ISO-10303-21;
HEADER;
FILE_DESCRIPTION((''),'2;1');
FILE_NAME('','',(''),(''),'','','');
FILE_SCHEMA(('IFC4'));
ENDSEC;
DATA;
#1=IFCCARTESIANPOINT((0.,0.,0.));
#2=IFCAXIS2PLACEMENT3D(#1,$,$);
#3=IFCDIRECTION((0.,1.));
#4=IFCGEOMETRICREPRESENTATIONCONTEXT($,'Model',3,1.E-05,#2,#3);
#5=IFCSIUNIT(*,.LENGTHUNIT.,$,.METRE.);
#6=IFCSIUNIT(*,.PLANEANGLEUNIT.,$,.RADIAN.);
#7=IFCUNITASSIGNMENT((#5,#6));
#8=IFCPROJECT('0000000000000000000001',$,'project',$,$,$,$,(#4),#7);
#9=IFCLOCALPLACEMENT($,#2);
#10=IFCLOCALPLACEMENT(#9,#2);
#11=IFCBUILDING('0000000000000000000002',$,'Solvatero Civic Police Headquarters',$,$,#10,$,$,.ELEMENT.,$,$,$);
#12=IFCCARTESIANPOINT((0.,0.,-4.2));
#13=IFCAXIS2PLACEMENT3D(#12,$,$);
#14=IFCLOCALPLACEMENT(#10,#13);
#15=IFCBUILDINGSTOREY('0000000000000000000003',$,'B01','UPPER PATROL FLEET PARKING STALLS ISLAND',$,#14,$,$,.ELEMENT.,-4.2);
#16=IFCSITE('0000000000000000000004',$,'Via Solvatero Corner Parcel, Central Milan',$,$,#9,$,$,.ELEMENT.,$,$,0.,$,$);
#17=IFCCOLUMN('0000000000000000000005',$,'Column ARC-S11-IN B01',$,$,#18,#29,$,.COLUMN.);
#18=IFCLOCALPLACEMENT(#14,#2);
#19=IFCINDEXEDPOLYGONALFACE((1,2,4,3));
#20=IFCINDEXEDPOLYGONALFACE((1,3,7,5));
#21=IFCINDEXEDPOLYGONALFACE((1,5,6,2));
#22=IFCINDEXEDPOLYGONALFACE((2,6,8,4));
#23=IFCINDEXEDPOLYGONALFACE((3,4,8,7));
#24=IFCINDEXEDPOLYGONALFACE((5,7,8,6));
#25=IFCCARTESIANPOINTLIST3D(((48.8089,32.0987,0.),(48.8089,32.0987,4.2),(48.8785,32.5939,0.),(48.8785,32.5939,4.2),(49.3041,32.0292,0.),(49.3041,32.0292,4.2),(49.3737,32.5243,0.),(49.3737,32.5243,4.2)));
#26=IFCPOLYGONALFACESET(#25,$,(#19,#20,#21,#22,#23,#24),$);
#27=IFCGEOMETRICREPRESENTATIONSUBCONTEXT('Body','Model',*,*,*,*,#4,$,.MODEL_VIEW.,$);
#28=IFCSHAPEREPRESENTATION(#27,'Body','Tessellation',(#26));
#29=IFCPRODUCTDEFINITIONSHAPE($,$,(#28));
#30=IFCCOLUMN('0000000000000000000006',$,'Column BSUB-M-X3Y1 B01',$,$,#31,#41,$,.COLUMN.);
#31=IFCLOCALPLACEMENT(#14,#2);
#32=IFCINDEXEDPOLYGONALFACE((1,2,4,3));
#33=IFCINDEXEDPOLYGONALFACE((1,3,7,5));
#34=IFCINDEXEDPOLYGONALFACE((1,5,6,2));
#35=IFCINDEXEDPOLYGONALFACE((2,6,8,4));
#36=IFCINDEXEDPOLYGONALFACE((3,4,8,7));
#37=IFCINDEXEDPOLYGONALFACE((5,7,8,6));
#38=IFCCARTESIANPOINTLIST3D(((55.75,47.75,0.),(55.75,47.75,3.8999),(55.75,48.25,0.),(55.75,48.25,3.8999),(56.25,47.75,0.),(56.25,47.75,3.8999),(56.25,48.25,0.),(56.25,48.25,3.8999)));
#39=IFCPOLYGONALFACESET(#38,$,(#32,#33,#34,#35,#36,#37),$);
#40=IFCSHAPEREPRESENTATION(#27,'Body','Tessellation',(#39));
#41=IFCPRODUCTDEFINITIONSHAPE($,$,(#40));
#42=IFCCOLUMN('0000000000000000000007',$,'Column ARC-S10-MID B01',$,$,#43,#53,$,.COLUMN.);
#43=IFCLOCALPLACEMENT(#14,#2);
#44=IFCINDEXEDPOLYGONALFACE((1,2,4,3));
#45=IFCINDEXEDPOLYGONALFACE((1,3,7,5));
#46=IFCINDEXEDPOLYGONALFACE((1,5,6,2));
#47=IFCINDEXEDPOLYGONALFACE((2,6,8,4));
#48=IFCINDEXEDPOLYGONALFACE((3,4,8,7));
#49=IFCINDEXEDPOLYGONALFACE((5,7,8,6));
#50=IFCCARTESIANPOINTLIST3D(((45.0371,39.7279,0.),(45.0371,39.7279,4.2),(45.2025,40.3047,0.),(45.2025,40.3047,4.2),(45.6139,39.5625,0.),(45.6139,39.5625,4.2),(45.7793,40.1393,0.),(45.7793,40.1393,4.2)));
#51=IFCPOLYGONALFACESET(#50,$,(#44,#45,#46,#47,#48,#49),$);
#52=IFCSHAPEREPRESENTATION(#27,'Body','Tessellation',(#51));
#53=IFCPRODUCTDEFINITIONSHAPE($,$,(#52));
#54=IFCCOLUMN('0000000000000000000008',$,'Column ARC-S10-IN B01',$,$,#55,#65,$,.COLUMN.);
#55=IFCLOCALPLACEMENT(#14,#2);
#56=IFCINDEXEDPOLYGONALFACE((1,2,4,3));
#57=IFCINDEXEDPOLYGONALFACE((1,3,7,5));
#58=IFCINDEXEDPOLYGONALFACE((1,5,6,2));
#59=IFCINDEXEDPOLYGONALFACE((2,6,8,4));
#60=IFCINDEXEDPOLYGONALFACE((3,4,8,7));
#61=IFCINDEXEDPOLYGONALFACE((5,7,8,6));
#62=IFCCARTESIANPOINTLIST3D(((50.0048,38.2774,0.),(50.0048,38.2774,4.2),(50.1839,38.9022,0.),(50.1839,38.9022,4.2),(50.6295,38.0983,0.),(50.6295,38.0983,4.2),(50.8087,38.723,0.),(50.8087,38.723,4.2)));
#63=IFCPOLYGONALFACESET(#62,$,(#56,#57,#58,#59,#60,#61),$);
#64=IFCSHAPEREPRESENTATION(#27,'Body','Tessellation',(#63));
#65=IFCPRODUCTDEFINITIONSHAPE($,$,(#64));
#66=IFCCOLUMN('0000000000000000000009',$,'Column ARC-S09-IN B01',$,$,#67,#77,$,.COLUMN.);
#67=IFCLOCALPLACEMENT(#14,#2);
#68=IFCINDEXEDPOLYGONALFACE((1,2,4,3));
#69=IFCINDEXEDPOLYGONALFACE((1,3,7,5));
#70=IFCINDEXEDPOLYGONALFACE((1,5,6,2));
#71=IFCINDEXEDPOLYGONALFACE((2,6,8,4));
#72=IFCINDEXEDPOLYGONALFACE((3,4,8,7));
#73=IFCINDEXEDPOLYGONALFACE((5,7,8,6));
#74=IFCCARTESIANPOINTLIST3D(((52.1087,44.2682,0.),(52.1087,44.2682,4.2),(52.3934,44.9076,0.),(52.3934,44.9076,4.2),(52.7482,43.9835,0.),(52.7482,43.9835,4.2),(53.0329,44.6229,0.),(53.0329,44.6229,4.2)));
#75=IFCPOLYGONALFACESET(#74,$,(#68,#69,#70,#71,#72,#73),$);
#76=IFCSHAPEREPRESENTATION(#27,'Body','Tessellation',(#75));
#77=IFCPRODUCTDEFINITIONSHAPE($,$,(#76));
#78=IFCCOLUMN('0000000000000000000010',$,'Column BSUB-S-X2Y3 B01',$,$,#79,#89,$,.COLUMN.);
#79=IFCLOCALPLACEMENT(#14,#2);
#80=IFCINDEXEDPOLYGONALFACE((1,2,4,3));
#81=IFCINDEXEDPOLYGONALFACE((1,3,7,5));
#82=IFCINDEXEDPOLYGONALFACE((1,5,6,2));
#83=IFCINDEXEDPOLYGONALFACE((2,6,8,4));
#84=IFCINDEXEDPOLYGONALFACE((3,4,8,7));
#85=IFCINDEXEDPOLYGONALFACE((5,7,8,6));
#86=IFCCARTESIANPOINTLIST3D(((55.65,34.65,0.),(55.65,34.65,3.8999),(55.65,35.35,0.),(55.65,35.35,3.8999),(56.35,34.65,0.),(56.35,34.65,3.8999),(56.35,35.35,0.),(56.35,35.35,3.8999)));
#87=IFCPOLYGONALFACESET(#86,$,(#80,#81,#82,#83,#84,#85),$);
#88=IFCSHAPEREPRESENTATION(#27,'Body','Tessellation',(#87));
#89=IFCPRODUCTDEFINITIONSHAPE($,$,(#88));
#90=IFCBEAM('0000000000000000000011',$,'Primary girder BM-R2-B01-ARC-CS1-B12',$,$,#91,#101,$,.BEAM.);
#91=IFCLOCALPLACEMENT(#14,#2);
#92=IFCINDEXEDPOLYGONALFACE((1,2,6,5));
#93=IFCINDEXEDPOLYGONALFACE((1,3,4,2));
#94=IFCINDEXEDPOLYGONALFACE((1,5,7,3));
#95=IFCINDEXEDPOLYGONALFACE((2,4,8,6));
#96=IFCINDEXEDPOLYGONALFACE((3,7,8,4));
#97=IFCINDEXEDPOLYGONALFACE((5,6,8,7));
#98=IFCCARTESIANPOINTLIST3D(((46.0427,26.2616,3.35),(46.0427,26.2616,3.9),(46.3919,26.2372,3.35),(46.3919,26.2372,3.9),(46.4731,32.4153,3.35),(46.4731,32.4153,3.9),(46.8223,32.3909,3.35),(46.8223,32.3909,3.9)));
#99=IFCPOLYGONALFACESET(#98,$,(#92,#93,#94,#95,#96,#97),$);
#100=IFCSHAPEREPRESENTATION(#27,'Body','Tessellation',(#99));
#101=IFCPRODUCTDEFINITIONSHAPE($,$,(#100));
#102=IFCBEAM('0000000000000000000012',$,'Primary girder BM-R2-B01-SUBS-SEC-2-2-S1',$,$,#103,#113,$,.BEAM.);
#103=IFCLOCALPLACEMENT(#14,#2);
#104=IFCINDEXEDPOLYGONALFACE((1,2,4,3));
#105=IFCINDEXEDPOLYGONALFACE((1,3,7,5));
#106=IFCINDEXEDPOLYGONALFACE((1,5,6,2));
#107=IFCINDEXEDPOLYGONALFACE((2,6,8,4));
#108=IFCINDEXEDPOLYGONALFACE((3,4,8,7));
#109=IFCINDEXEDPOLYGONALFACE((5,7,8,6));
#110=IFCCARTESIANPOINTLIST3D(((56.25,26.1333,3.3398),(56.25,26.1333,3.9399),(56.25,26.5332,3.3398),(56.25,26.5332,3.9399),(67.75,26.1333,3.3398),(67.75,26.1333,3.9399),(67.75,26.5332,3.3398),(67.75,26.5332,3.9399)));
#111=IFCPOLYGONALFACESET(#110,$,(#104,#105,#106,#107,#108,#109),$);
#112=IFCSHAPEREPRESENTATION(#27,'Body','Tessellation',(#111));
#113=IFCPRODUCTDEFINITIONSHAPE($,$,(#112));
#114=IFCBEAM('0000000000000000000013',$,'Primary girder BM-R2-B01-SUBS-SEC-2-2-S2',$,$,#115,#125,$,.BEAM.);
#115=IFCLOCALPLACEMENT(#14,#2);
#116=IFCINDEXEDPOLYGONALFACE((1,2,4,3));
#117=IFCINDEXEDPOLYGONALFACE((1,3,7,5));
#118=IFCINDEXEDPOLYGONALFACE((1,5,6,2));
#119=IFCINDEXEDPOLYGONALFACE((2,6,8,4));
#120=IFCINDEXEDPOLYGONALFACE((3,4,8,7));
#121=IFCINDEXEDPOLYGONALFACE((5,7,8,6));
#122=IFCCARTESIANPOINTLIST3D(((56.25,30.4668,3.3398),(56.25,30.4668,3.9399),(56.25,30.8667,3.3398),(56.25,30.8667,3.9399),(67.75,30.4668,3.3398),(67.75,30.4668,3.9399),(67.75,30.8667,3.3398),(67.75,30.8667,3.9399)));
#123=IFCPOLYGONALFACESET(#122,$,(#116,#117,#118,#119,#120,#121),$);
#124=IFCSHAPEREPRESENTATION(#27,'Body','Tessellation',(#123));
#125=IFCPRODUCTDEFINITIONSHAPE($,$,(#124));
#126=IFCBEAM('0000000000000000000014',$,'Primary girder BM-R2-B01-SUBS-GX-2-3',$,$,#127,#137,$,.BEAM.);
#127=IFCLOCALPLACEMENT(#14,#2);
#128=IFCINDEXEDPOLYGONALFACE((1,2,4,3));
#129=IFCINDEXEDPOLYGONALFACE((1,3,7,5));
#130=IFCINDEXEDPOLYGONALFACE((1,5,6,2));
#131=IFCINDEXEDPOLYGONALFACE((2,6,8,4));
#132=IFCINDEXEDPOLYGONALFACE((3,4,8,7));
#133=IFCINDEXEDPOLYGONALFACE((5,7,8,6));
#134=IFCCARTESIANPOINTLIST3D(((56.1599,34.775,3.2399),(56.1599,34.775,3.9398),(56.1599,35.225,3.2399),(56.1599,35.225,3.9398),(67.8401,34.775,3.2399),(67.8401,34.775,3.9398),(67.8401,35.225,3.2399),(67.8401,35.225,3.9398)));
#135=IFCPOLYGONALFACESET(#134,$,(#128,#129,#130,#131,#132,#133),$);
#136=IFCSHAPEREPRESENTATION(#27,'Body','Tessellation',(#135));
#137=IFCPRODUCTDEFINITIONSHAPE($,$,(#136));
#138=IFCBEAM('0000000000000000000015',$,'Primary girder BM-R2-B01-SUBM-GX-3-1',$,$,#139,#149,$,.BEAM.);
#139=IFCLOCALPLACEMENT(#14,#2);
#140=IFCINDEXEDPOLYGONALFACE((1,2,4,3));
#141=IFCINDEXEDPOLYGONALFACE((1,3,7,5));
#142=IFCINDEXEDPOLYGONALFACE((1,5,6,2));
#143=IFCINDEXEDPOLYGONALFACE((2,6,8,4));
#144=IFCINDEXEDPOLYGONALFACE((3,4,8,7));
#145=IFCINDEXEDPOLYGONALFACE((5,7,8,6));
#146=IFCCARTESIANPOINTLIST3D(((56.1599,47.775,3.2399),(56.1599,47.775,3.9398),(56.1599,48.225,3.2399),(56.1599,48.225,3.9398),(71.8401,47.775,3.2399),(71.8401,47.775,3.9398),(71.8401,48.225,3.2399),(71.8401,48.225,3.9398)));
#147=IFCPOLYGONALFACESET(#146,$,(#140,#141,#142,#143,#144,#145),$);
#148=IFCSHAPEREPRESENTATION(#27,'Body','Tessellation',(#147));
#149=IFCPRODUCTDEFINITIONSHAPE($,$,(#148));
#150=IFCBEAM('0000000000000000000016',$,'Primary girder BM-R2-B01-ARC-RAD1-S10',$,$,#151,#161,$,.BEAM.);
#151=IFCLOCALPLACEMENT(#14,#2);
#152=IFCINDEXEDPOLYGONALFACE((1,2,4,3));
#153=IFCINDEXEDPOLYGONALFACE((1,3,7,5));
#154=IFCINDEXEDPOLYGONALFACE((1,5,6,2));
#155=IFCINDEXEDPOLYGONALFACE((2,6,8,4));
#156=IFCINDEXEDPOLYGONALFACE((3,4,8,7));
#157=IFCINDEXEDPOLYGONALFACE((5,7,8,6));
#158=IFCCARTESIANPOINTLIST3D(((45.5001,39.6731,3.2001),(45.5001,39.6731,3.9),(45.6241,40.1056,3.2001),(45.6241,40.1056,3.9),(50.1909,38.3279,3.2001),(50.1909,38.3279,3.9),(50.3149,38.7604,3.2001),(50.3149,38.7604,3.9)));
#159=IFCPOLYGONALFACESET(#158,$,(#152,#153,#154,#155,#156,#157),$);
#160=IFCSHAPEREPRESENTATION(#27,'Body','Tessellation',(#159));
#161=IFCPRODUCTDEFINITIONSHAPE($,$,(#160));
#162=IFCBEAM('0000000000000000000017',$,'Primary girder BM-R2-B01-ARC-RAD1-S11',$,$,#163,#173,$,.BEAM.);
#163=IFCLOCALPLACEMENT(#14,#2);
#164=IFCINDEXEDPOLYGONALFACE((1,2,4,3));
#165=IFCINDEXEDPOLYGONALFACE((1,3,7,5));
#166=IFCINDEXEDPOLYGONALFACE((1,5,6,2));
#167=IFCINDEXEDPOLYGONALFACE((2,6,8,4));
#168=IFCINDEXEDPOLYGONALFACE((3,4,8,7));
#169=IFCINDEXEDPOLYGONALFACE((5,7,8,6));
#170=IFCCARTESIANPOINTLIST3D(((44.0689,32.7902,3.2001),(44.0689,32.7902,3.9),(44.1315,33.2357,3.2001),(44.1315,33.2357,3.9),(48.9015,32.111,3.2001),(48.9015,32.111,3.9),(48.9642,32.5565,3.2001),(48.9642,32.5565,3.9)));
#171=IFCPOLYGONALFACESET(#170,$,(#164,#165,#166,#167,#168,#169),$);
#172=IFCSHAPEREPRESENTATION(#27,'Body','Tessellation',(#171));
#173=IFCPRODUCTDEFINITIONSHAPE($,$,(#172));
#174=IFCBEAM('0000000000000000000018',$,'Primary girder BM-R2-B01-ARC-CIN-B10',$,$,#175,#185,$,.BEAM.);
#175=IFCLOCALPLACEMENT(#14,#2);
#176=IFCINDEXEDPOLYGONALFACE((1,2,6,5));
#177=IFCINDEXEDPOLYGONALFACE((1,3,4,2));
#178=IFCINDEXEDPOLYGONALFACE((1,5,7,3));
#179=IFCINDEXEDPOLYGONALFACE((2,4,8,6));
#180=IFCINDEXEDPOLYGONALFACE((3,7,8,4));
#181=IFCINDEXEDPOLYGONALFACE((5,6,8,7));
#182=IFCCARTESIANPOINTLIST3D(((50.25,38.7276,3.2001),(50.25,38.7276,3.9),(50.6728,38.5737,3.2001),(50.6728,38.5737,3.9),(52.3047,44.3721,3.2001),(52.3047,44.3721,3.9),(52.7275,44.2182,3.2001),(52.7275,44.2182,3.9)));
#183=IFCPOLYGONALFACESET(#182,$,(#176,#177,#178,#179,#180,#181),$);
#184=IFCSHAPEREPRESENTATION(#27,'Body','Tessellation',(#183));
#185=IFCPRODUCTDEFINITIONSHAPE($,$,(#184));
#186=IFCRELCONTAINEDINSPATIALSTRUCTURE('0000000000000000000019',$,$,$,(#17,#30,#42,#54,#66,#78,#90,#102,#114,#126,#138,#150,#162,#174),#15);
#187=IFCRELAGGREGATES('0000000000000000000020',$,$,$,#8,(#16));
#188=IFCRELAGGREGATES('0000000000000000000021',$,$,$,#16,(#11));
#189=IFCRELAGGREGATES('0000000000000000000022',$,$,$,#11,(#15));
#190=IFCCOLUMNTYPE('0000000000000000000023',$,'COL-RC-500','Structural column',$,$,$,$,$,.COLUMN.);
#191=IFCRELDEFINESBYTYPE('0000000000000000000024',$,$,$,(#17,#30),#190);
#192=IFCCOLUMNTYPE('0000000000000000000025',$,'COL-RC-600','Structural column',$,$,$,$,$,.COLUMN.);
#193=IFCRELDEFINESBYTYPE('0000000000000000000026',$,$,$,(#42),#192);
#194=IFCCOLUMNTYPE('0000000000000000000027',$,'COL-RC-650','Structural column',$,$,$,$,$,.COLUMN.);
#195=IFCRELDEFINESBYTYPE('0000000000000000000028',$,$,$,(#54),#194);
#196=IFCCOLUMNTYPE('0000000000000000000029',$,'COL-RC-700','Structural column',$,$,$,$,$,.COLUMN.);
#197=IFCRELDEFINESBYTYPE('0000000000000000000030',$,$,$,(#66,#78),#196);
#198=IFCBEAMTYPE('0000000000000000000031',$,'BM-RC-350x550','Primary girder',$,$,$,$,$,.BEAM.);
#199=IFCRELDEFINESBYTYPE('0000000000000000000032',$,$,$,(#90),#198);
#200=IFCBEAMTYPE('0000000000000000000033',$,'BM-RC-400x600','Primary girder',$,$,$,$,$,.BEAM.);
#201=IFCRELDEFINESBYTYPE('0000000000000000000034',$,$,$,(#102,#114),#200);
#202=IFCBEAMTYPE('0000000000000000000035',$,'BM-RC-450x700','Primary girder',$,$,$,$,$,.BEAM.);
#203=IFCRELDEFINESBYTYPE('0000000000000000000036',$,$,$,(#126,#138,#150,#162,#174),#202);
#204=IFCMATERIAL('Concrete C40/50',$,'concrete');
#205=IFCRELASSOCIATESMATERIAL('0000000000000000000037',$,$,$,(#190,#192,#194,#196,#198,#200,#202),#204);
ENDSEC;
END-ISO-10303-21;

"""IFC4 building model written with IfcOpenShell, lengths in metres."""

from ifc_helpers import new_model, si_unit, direction, frame, origin, origin_2d, place, context, subcontext, project, spatial, rectangle, extrude, material, material_profile, profile_set, type_object, element, save


model = new_model("IFC4")

# Units and contexts
model_context = context("Model", 3, precision=1e-05, world=origin(), true_north=direction((0.0, 1.0)))
body_context = subcontext(model_context, "Body", "Model", "MODEL_VIEW")
ifc_project = project(units=[si_unit("LENGTHUNIT", "METRE"), si_unit("PLANEANGLEUNIT", "RADIAN")], contexts=[model_context])

# Site, building, storey
site_placement = place(None, origin())
site = spatial("IfcSite", under=ifc_project, at=site_placement, Name="Via Solvatero Corner Parcel, Central Milan", CompositionType="ELEMENT", RefElevation=0.0)
building_placement = place(site_placement, origin())
building = spatial("IfcBuilding", under=site, at=building_placement, Name="Solvatero Civic Police Headquarters", CompositionType="ELEMENT")
storey_placement = place(building_placement, frame((0.0, 0.0, -4.2)))
storey = spatial("IfcBuildingStorey", under=building, at=storey_placement, Name="B01", Description="UPPER PATROL FLEET PARKING STALLS ISLAND", CompositionType="ELEMENT", Elevation=-4.2)

# Columns
ifc_material_1 = material(Name="Concrete C40/50", Category="concrete")
ifc_material_profile_1 = material_profile(ifc_material_1, rectangle(XDim=0.5, YDim=0.5, at=origin_2d()), Name="RC 500x500")
ifc_profile_set_1 = profile_set([ifc_material_profile_1], Name="Concrete C40/50")
column_type_1 = type_object("IfcColumnType", Name="COL-RC-500", Description="Structural column", PredefinedType="COLUMN", material=ifc_profile_set_1)
column_1_placement = place(storey_placement, frame((49.0913, 32.3115, 0.0), z_axis=(0.0, 0.0, 1.0), x_axis=(0.139173, 0.990268, 0.0)))
element("IfcColumn", 1, at=column_1_placement, inside=storey, type_object=column_type_1, Name="Column ARC-S11-IN B01", PredefinedType="COLUMN", context=body_context, shape_type="SweptSolid", body=[
    extrude(rectangle(XDim=0.5, YDim=0.5, at=origin_2d()), origin(), (0.0, 0.0, 1.0), 4.2),
])
column_2_placement = place(storey_placement, frame((56.0, 48.0, 0.0), z_axis=(0.0, 0.0, 1.0), x_axis=(1.0, 0.0, 0.0)))
element("IfcColumn", 2, at=column_2_placement, inside=storey, type_object=column_type_1, Name="Column BSUB-M-X3Y1 B01", PredefinedType="COLUMN", context=body_context, shape_type="SweptSolid", body=[
    extrude(rectangle(XDim=0.5, YDim=0.5, at=origin_2d()), origin(), (0.0, 0.0, 1.0), 3.8999),
])
ifc_material_profile_2 = material_profile(ifc_material_1, rectangle(XDim=0.6001, YDim=0.6001, at=origin_2d()), Name="RC 600x600")
ifc_profile_set_2 = profile_set([ifc_material_profile_2], Name="Concrete C40/50")
column_type_2 = type_object("IfcColumnType", Name="COL-RC-600", Description="Structural column", PredefinedType="COLUMN", material=ifc_profile_set_2)
column_3_placement = place(storey_placement, frame((45.4082, 39.9336, 0.0), z_axis=(0.0, 0.0, 1.0), x_axis=(0.275637, 0.961262, 0.0)))
element("IfcColumn", 3, at=column_3_placement, inside=storey, type_object=column_type_2, Name="Column ARC-S10-MID B01", PredefinedType="COLUMN", context=body_context, shape_type="SweptSolid", body=[
    extrude(rectangle(XDim=0.6001, YDim=0.6001, at=origin_2d()), origin(), (0.0, 0.0, 1.0), 4.2),
])
ifc_material_profile_3 = material_profile(ifc_material_1, rectangle(XDim=0.6499, YDim=0.6499, at=origin_2d()), Name="RC 650x650")
ifc_profile_set_3 = profile_set([ifc_material_profile_3], Name="Concrete C40/50")
column_type_3 = type_object("IfcColumnType", Name="COL-RC-650", Description="Structural column", PredefinedType="COLUMN", material=ifc_profile_set_3)
column_4_placement = place(storey_placement, frame((50.4067, 38.5002, 0.0), z_axis=(0.0, 0.0, 1.0), x_axis=(0.275637, 0.961262, 0.0)))
element("IfcColumn", 4, at=column_4_placement, inside=storey, type_object=column_type_3, Name="Column ARC-S10-IN B01", PredefinedType="COLUMN", context=body_context, shape_type="SweptSolid", body=[
    extrude(rectangle(XDim=0.6499, YDim=0.6499, at=origin_2d()), origin(), (0.0, 0.0, 1.0), 4.2),
])
ifc_material_profile_4 = material_profile(ifc_material_1, rectangle(XDim=0.7, YDim=0.7, at=origin_2d()), Name="RC 700x700")
ifc_profile_set_4 = profile_set([ifc_material_profile_4], Name="Concrete C40/50")
column_type_4 = type_object("IfcColumnType", Name="COL-RC-700", Description="Structural column", PredefinedType="COLUMN", material=ifc_profile_set_4)
column_5_placement = place(storey_placement, frame((52.5708, 44.4456, 0.0), z_axis=(0.0, 0.0, 1.0), x_axis=(0.406737, 0.913545, 0.0)))
element("IfcColumn", 5, at=column_5_placement, inside=storey, type_object=column_type_4, Name="Column ARC-S09-IN B01", PredefinedType="COLUMN", context=body_context, shape_type="SweptSolid", body=[
    extrude(rectangle(XDim=0.7, YDim=0.7, at=origin_2d()), origin(), (0.0, 0.0, 1.0), 4.2),
])
column_6_placement = place(storey_placement, frame((56.0, 35.0, 0.0), z_axis=(0.0, 0.0, 1.0), x_axis=(1.0, 0.0, 0.0)))
element("IfcColumn", 6, at=column_6_placement, inside=storey, type_object=column_type_4, Name="Column BSUB-S-X2Y3 B01", PredefinedType="COLUMN", context=body_context, shape_type="SweptSolid", body=[
    extrude(rectangle(XDim=0.7, YDim=0.7, at=origin_2d()), origin(), (0.0, 0.0, 1.0), 3.8999),
])

# Beams
ifc_material_profile_5 = material_profile(ifc_material_1, rectangle(XDim=0.3501, YDim=0.55, at=origin_2d()), Name="RC 350x550")
ifc_profile_set_5 = profile_set([ifc_material_profile_5], Name="Concrete C40/50")
beam_type_1 = type_object("IfcBeamType", Name="BM-RC-350x550", Description="Primary girder", PredefinedType="BEAM", material=ifc_profile_set_5)
beam_1_placement = place(storey_placement, frame((46.6477, 32.4031, 3.625), z_axis=(-0.069776, -0.997563, 0.0), x_axis=(0.997563, -0.069776, 0.0)))
element("IfcBeam", 7, at=beam_1_placement, inside=storey, type_object=beam_type_1, Name="Primary girder BM-R2-B01-ARC-CS1-B12", PredefinedType="BEAM", context=body_context, shape_type="SweptSolid", body=[
    extrude(rectangle(XDim=0.3501, YDim=0.55, at=origin_2d()), origin(), (0.0, 0.0, 1.0), 6.1687),
])
ifc_material_profile_6 = material_profile(ifc_material_1, rectangle(XDim=0.3999, YDim=0.6001, at=origin_2d()), Name="RC 400x600")
ifc_profile_set_6 = profile_set([ifc_material_profile_6], Name="Concrete C40/50")
beam_type_2 = type_object("IfcBeamType", Name="BM-RC-400x600", Description="Primary girder", PredefinedType="BEAM", material=ifc_profile_set_6)
for number, where, z_axis, x_axis, name in (
    (8, (56.25, 26.3333, 3.6399), (1.0, 0.0, 0.0), (0.0, 1.0, 0.0), "Primary girder BM-R2-B01-SUBS-SEC-2-2-S1"),
    (9, (56.25, 30.6667, 3.6399), (1.0, 0.0, 0.0), (0.0, 1.0, 0.0), "Primary girder BM-R2-B01-SUBS-SEC-2-2-S2"),
):
    element("IfcBeam", number, at=place(storey_placement, frame(where, z_axis=z_axis, x_axis=x_axis)), inside=storey, type_object=beam_type_2, Name=name, PredefinedType="BEAM", context=body_context, shape_type="SweptSolid", body=[
        extrude(rectangle(XDim=0.3999, YDim=0.6001, at=origin_2d()), origin(), (0.0, 0.0, 1.0), 11.5),
    ])
ifc_material_profile_7 = material_profile(ifc_material_1, rectangle(XDim=0.45, YDim=0.7, at=origin_2d()), Name="RC 450x700")
ifc_profile_set_7 = profile_set([ifc_material_profile_7], Name="Concrete C40/50")
beam_type_3 = type_object("IfcBeamType", Name="BM-RC-450x700", Description="Primary girder", PredefinedType="BEAM", material=ifc_profile_set_7)
beam_2_placement = place(storey_placement, frame((56.1599, 35.0, 3.5898), z_axis=(1.0, 0.0, 0.0), x_axis=(0.0, 1.0, 0.0)))
element("IfcBeam", 10, at=beam_2_placement, inside=storey, type_object=beam_type_3, Name="Primary girder BM-R2-B01-SUBS-GX-2-3", PredefinedType="BEAM", context=body_context, shape_type="SweptSolid", body=[
    extrude(rectangle(XDim=0.45, YDim=0.7, at=origin_2d()), origin(), (0.0, 0.0, 1.0), 11.6802),
])
beam_3_placement = place(storey_placement, frame((56.1599, 48.0, 3.5898), z_axis=(1.0, 0.0, 0.0), x_axis=(0.0, 1.0, 0.0)))
element("IfcBeam", 11, at=beam_3_placement, inside=storey, type_object=beam_type_3, Name="Primary girder BM-R2-B01-SUBM-GX-3-1", PredefinedType="BEAM", context=body_context, shape_type="SweptSolid", body=[
    extrude(rectangle(XDim=0.45, YDim=0.7, at=origin_2d()), origin(), (0.0, 0.0, 1.0), 15.6802),
])
beam_4_placement = place(storey_placement, frame((50.2529, 38.5442, 3.55), z_axis=(-0.961255, 0.275659, 0.0), x_axis=(-0.275659, -0.961255, 0.0)))
element("IfcBeam", 12, at=beam_4_placement, inside=storey, type_object=beam_type_3, Name="Primary girder BM-R2-B01-ARC-RAD1-S10", PredefinedType="BEAM", context=body_context, shape_type="SweptSolid", body=[
    extrude(rectangle(XDim=0.45, YDim=0.7, at=origin_2d()), origin(), (0.0, 0.0, 1.0), 4.8799),
])
beam_5_placement = place(storey_placement, frame((48.9329, 32.3337, 3.55), z_axis=(-0.990267, 0.13918, 0.0), x_axis=(-0.13918, -0.990267, 0.0)))
element("IfcBeam", 13, at=beam_5_placement, inside=storey, type_object=beam_type_3, Name="Primary girder BM-R2-B01-ARC-RAD1-S11", PredefinedType="BEAM", context=body_context, shape_type="SweptSolid", body=[
    extrude(rectangle(XDim=0.45, YDim=0.7, at=origin_2d()), origin(), (0.0, 0.0, 1.0), 4.8801),
])
beam_6_placement = place(storey_placement, frame((52.5161, 44.2952, 3.55), z_axis=(-0.342056, -0.939679, 0.0), x_axis=(0.939679, -0.342056, 0.0)))
element("IfcBeam", 14, at=beam_6_placement, inside=storey, type_object=beam_type_3, Name="Primary girder BM-R2-B01-ARC-CIN-B10", PredefinedType="BEAM", context=body_context, shape_type="SweptSolid", body=[
    extrude(rectangle(XDim=0.45, YDim=0.7, at=origin_2d()), origin(), (0.0, 0.0, 1.0), 6.0068),
])

save(model, "model.ifc")
